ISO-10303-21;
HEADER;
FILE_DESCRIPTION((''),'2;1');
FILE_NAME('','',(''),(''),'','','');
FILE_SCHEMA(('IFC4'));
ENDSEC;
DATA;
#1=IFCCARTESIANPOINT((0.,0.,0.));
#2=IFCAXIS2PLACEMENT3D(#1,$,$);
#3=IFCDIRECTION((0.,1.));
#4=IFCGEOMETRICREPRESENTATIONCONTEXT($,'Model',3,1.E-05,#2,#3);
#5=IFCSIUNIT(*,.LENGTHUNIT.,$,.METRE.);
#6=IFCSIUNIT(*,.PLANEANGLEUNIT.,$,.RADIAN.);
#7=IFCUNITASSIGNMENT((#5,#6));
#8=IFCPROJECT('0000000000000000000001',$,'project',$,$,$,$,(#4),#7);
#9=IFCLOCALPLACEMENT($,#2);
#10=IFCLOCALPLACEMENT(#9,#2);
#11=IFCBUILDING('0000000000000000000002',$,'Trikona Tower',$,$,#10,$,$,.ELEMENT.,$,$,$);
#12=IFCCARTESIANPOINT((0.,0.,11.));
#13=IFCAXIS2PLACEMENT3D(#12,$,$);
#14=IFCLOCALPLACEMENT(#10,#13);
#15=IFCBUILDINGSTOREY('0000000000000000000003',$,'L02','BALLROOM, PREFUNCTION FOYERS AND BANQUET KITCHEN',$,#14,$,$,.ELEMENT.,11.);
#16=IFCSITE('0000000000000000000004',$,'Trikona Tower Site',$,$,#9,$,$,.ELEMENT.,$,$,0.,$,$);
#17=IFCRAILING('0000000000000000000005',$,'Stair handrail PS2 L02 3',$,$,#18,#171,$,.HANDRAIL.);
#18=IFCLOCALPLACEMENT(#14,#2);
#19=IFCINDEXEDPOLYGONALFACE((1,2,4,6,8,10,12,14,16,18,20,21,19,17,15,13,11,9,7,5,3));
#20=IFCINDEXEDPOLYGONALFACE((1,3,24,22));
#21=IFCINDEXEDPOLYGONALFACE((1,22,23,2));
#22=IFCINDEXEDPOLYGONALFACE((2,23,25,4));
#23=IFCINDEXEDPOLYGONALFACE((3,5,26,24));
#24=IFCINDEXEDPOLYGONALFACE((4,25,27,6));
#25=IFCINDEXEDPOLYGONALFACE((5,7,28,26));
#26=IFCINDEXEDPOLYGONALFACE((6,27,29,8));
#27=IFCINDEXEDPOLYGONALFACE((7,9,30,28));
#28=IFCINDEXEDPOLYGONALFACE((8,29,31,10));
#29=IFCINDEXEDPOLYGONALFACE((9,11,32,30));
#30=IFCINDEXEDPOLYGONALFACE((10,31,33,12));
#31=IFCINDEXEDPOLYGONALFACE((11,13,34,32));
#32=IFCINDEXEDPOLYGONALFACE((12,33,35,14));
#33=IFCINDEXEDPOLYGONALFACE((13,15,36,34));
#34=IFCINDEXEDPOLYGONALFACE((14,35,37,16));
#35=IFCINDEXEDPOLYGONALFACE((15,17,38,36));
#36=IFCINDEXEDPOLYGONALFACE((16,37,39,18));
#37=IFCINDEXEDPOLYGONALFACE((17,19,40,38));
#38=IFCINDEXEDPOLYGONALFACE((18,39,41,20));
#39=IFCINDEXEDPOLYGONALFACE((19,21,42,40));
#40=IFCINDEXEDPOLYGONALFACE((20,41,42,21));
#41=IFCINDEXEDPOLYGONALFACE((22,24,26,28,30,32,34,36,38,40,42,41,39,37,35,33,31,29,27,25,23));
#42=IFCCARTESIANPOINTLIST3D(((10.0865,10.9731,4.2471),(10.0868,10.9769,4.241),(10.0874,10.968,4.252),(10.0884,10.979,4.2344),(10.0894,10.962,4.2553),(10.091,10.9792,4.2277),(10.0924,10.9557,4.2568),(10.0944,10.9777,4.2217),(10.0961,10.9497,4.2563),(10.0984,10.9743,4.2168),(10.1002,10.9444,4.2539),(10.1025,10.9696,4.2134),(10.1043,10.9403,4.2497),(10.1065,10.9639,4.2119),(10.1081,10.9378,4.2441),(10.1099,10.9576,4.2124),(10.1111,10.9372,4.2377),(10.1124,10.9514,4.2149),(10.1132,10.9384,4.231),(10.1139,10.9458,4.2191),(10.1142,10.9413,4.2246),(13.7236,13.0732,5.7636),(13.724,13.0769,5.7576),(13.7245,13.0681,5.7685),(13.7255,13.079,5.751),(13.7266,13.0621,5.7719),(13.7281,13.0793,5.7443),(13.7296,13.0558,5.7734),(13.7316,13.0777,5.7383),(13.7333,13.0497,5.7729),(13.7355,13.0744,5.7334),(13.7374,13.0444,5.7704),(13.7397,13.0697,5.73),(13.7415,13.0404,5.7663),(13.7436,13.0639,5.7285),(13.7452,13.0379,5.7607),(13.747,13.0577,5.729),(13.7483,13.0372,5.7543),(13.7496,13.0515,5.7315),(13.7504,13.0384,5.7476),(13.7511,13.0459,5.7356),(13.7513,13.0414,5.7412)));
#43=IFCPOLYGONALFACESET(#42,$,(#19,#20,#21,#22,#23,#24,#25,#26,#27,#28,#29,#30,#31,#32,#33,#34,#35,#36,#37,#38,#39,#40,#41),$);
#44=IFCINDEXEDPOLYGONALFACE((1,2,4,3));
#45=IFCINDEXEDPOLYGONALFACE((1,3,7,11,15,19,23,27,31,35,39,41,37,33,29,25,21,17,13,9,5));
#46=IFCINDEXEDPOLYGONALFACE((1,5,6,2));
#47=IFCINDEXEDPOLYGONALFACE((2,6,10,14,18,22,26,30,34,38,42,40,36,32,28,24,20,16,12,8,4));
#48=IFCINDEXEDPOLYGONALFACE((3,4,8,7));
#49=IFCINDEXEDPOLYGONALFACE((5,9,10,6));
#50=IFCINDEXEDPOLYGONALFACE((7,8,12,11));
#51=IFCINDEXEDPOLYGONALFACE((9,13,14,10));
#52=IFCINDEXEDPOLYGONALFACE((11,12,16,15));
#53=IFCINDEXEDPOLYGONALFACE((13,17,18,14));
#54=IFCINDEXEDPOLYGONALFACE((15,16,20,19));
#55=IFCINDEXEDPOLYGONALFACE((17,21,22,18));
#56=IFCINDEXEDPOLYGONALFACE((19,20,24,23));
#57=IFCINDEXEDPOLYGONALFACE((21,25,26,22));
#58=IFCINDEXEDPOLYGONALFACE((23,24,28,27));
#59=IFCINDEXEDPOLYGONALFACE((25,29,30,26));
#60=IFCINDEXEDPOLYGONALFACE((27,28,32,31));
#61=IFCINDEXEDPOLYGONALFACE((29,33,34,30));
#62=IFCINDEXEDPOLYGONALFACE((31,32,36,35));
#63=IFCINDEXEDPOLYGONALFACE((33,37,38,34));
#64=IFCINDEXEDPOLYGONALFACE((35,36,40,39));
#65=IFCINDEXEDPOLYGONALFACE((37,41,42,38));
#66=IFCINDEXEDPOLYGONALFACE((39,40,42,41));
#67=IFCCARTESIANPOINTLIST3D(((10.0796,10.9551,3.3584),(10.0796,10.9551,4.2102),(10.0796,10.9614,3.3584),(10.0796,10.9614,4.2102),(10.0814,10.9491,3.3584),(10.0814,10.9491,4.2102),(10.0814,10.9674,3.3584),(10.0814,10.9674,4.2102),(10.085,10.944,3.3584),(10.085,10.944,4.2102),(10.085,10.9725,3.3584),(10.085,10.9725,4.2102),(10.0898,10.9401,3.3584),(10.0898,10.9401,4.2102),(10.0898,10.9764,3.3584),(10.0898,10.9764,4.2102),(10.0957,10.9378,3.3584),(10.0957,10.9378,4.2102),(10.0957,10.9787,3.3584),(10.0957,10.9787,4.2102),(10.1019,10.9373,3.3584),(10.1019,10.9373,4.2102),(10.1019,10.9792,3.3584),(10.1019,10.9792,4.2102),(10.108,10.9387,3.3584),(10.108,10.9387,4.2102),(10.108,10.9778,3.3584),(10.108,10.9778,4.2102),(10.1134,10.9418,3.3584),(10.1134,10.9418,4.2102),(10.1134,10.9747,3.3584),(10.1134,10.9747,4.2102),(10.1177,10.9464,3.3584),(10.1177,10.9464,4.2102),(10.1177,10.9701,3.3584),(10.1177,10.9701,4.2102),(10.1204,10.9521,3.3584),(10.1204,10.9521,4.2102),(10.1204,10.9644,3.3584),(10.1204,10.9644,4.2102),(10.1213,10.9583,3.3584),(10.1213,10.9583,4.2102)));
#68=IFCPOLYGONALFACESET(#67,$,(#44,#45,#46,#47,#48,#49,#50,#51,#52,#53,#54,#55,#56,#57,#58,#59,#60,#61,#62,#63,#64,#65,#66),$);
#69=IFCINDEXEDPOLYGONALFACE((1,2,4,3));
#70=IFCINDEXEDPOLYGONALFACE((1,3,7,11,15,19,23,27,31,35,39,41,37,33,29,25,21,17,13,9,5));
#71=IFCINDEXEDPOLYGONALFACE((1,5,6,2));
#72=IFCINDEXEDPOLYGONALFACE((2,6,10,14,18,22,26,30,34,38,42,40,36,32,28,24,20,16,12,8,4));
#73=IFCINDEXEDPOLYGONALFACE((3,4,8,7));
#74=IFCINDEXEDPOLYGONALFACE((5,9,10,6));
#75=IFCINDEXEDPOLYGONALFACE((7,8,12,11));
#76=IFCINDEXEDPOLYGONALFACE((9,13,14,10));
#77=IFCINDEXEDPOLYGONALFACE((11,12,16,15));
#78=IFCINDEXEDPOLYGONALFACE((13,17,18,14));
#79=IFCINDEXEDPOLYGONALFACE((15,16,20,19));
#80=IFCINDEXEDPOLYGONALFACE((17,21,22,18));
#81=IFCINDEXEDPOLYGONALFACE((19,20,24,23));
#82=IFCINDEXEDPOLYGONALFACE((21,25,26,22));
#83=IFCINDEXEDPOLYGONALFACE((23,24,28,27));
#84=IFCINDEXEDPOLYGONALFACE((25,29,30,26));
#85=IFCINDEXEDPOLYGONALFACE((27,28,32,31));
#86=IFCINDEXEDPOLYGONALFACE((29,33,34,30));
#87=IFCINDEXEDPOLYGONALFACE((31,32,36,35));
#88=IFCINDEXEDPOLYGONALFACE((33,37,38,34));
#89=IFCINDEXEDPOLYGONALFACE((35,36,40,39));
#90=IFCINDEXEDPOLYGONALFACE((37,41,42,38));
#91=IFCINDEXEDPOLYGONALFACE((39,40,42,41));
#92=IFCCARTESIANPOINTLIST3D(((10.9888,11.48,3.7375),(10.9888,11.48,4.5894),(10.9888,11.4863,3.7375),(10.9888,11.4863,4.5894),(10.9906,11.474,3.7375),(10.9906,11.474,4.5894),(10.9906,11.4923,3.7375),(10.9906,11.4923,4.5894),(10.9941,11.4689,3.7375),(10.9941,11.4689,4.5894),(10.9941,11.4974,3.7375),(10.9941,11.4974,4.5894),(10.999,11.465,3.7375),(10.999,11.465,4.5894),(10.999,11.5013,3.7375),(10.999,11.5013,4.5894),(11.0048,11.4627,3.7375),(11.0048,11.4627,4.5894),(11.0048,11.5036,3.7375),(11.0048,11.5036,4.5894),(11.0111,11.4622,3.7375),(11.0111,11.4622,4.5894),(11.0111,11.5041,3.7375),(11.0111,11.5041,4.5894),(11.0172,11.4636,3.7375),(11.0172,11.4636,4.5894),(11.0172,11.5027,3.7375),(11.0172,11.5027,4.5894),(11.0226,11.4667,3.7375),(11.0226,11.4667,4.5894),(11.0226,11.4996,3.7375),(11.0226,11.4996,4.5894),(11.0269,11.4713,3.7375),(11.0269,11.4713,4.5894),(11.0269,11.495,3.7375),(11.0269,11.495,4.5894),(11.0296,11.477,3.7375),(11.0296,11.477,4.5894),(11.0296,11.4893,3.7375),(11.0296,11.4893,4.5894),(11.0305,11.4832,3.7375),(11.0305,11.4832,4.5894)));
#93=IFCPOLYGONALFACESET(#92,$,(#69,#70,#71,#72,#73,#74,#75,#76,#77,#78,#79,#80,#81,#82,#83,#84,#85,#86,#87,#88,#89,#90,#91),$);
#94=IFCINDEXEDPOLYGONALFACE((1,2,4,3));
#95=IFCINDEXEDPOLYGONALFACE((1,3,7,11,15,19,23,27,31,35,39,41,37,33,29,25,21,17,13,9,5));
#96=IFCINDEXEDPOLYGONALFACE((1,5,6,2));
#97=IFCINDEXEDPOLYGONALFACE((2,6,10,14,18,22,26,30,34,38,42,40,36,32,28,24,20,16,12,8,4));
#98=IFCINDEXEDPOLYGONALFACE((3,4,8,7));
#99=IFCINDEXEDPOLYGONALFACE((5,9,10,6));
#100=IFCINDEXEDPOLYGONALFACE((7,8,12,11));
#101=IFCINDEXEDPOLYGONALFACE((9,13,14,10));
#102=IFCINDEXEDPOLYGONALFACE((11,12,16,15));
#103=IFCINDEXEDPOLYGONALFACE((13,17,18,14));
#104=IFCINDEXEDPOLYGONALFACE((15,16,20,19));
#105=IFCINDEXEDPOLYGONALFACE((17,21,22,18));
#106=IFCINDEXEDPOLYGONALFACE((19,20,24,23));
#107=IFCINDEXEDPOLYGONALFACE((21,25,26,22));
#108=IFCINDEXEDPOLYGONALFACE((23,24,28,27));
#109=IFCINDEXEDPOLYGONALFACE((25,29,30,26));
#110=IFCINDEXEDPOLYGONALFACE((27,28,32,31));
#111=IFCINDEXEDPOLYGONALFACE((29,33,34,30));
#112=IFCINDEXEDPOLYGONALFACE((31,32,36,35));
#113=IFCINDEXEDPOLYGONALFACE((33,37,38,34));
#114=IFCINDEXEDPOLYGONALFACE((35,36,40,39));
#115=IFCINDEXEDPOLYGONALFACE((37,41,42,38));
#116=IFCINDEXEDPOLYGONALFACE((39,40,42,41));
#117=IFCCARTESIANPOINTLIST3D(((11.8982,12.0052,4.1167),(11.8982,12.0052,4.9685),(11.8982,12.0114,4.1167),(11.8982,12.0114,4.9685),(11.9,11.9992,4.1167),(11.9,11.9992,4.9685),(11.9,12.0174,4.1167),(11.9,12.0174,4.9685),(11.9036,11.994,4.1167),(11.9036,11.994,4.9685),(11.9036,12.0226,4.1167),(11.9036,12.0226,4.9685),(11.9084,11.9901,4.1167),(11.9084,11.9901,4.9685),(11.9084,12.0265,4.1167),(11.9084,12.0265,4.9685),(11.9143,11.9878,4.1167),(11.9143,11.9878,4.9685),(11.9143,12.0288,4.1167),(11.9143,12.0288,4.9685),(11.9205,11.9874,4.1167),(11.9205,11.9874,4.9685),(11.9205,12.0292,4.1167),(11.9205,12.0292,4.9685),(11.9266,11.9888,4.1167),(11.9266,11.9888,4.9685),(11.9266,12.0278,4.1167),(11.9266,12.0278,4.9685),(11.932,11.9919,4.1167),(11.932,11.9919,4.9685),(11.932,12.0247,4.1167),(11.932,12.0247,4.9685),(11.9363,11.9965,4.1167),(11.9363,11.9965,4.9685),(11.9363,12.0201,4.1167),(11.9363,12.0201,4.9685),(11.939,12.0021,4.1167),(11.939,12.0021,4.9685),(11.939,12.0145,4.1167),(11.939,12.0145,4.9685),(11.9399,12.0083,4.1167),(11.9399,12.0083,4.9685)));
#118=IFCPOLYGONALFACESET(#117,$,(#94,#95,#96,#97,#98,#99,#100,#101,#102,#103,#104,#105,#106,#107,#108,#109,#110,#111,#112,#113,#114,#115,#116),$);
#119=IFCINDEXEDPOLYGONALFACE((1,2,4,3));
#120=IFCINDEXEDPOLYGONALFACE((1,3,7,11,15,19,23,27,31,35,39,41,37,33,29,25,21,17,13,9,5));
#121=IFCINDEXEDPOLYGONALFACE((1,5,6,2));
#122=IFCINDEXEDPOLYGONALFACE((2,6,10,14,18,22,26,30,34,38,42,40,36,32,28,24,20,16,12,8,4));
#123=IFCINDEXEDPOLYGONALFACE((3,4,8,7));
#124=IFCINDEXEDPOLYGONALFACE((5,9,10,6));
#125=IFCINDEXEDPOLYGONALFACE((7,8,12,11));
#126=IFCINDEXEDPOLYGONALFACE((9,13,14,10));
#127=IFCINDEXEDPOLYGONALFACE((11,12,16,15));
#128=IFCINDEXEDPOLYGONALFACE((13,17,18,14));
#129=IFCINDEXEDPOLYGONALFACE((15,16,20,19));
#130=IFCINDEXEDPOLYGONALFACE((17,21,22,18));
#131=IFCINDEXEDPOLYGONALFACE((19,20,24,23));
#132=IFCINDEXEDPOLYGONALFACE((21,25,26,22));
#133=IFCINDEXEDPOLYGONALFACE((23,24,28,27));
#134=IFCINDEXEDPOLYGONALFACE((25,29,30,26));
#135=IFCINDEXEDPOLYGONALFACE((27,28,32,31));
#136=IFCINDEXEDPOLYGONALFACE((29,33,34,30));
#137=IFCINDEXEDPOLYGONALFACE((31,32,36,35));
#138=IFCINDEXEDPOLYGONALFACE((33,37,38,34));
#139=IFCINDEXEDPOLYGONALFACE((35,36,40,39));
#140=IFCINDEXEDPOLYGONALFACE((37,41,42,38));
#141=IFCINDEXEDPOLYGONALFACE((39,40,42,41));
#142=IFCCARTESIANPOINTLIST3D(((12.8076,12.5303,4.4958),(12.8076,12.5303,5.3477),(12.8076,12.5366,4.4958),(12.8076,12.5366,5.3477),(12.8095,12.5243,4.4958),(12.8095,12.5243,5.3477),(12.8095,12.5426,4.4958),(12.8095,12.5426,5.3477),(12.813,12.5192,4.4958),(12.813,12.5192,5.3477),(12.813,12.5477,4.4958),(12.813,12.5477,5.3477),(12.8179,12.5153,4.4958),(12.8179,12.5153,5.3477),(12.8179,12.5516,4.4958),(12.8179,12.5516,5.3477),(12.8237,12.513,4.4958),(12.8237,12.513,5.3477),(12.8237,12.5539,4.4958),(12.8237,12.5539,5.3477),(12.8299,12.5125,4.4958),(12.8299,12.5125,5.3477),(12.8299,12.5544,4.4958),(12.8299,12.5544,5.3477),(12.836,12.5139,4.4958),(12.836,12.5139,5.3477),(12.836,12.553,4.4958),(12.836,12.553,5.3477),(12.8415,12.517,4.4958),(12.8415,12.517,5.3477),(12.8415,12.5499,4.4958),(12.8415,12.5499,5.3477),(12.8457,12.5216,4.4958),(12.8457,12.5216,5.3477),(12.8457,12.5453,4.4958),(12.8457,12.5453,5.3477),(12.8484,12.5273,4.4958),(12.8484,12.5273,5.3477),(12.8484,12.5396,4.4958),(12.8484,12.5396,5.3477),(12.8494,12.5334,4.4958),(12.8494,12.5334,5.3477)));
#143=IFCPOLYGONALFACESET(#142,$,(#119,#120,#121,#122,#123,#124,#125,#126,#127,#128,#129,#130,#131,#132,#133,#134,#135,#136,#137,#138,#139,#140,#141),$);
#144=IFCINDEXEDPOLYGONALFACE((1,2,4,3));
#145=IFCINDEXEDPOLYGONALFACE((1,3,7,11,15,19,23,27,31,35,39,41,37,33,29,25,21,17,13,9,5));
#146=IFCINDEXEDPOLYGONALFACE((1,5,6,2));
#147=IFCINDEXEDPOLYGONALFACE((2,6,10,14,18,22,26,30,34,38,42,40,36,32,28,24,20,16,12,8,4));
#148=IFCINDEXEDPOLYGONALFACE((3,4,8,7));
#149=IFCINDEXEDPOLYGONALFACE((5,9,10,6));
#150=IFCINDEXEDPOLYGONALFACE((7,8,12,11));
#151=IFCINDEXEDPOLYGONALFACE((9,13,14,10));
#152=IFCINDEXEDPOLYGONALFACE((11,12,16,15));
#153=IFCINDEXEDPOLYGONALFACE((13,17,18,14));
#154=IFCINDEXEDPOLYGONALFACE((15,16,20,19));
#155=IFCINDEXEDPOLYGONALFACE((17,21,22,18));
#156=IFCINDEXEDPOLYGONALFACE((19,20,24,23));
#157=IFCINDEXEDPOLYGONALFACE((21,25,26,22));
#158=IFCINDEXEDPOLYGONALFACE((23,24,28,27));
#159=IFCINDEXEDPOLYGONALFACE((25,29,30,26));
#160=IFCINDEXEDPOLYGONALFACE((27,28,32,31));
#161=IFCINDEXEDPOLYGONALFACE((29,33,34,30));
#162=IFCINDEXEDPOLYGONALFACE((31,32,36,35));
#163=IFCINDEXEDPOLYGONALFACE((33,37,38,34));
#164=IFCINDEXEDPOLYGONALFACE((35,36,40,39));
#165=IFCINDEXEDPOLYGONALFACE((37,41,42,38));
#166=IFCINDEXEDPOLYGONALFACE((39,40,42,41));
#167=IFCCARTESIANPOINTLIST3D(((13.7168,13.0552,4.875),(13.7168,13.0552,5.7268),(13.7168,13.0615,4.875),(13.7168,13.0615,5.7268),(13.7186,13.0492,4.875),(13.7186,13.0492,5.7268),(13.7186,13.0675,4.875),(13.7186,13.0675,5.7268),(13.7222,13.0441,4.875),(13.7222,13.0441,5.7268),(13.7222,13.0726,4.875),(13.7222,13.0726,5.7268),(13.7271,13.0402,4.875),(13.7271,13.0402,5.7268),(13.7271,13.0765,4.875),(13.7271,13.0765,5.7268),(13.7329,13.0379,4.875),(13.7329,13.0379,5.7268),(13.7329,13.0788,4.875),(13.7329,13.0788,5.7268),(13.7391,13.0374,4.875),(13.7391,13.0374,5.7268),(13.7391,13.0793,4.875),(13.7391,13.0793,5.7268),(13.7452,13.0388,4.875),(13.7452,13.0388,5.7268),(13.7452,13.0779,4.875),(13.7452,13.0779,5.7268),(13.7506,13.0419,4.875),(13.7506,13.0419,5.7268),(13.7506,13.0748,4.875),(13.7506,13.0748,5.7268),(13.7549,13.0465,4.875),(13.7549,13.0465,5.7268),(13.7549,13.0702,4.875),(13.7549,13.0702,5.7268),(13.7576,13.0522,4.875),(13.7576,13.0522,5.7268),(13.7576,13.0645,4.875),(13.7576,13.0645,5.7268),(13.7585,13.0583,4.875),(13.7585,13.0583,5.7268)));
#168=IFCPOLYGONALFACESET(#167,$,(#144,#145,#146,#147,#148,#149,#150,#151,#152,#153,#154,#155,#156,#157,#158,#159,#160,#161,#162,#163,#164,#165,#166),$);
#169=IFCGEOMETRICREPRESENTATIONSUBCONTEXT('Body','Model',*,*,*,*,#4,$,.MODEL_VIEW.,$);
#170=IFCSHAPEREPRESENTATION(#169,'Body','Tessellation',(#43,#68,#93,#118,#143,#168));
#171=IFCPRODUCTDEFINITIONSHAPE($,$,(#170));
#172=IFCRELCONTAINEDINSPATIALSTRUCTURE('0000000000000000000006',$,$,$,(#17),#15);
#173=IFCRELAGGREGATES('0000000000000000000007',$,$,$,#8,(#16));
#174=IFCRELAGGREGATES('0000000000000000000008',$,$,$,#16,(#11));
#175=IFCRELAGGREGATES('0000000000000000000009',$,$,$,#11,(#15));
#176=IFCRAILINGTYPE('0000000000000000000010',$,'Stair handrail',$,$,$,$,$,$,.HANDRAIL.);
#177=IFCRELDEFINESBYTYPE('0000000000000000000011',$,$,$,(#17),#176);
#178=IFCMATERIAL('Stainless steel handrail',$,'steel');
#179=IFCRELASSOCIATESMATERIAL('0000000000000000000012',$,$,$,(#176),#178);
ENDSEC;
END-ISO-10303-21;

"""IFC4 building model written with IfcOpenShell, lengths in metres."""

from ifc_helpers import new_model, si_unit, direction, frame, origin, origin_2d, place, context, subcontext, project, spatial, circle, extrude, material, type_object, element, save


model = new_model("IFC4")

# Units and contexts
model_context = context("Model", 3, precision=1e-05, world=origin(), true_north=direction((0.0, 1.0)))
body_context = subcontext(model_context, "Body", "Model", "MODEL_VIEW")
ifc_project = project(units=[si_unit("LENGTHUNIT", "METRE"), si_unit("PLANEANGLEUNIT", "RADIAN")], contexts=[model_context])

# Site, building, storey
site_placement = place(None, origin())
site = spatial("IfcSite", under=ifc_project, at=site_placement, Name="Trikona Tower Site", CompositionType="ELEMENT", RefElevation=0.0)
building_placement = place(site_placement, origin())
building = spatial("IfcBuilding", under=site, at=building_placement, Name="Trikona Tower", CompositionType="ELEMENT")
storey_placement = place(building_placement, frame((0.0, 0.0, 11.0)))
storey = spatial("IfcBuildingStorey", under=building, at=storey_placement, Name="L02", Description="BALLROOM, PREFUNCTION FOYERS AND BANQUET KITCHEN", CompositionType="ELEMENT", Elevation=11.0)

# Railing
ifc_material_1 = material(Name="Stainless steel handrail", Category="steel")
railing_type_1 = type_object("IfcRailingType", Name="Stair handrail", PredefinedType="HANDRAIL", material=ifc_material_1)
for number, where, name in (
    (1, (10.1003, 10.9583, 3.3584), "Stair handrail PS2 L02 3"),
):
    element("IfcRailing", number, at=place(storey_placement, frame(where)), inside=storey, type_object=railing_type_1, Name=name, PredefinedType="HANDRAIL", context=body_context, shape_type="SweptSolid", body=[
        extrude(circle(Radius=0.0239, at=origin_2d()), frame((0.0, 0.0, 0.876), z_axis=(0.814532, 0.470305, 0.339634), x_axis=(-0.500028, 0.866009, 0.0)), (0.0, 0.0, 1.0), 4.4653),
        extrude(circle(Radius=0.021, at=origin_2d()), origin(), (0.0, 0.0, 1.0), 0.8518),
        extrude(circle(Radius=0.021, at=origin_2d()), frame((0.9092, 0.5249, 0.3792)), (0.0, 0.0, 1.0), 0.8518),
        extrude(circle(Radius=0.021, at=origin_2d()), frame((1.8186, 1.05, 0.7583)), (0.0, 0.0, 1.0), 0.8518),
        extrude(circle(Radius=0.021, at=origin_2d()), frame((2.728, 1.5752, 1.1375)), (0.0, 0.0, 1.0), 0.8518),
        extrude(circle(Radius=0.021, at=origin_2d()), frame((3.6372, 2.1001, 1.5166)), (0.0, 0.0, 1.0), 0.8518),
    ])

save(model, "model.ifc")
